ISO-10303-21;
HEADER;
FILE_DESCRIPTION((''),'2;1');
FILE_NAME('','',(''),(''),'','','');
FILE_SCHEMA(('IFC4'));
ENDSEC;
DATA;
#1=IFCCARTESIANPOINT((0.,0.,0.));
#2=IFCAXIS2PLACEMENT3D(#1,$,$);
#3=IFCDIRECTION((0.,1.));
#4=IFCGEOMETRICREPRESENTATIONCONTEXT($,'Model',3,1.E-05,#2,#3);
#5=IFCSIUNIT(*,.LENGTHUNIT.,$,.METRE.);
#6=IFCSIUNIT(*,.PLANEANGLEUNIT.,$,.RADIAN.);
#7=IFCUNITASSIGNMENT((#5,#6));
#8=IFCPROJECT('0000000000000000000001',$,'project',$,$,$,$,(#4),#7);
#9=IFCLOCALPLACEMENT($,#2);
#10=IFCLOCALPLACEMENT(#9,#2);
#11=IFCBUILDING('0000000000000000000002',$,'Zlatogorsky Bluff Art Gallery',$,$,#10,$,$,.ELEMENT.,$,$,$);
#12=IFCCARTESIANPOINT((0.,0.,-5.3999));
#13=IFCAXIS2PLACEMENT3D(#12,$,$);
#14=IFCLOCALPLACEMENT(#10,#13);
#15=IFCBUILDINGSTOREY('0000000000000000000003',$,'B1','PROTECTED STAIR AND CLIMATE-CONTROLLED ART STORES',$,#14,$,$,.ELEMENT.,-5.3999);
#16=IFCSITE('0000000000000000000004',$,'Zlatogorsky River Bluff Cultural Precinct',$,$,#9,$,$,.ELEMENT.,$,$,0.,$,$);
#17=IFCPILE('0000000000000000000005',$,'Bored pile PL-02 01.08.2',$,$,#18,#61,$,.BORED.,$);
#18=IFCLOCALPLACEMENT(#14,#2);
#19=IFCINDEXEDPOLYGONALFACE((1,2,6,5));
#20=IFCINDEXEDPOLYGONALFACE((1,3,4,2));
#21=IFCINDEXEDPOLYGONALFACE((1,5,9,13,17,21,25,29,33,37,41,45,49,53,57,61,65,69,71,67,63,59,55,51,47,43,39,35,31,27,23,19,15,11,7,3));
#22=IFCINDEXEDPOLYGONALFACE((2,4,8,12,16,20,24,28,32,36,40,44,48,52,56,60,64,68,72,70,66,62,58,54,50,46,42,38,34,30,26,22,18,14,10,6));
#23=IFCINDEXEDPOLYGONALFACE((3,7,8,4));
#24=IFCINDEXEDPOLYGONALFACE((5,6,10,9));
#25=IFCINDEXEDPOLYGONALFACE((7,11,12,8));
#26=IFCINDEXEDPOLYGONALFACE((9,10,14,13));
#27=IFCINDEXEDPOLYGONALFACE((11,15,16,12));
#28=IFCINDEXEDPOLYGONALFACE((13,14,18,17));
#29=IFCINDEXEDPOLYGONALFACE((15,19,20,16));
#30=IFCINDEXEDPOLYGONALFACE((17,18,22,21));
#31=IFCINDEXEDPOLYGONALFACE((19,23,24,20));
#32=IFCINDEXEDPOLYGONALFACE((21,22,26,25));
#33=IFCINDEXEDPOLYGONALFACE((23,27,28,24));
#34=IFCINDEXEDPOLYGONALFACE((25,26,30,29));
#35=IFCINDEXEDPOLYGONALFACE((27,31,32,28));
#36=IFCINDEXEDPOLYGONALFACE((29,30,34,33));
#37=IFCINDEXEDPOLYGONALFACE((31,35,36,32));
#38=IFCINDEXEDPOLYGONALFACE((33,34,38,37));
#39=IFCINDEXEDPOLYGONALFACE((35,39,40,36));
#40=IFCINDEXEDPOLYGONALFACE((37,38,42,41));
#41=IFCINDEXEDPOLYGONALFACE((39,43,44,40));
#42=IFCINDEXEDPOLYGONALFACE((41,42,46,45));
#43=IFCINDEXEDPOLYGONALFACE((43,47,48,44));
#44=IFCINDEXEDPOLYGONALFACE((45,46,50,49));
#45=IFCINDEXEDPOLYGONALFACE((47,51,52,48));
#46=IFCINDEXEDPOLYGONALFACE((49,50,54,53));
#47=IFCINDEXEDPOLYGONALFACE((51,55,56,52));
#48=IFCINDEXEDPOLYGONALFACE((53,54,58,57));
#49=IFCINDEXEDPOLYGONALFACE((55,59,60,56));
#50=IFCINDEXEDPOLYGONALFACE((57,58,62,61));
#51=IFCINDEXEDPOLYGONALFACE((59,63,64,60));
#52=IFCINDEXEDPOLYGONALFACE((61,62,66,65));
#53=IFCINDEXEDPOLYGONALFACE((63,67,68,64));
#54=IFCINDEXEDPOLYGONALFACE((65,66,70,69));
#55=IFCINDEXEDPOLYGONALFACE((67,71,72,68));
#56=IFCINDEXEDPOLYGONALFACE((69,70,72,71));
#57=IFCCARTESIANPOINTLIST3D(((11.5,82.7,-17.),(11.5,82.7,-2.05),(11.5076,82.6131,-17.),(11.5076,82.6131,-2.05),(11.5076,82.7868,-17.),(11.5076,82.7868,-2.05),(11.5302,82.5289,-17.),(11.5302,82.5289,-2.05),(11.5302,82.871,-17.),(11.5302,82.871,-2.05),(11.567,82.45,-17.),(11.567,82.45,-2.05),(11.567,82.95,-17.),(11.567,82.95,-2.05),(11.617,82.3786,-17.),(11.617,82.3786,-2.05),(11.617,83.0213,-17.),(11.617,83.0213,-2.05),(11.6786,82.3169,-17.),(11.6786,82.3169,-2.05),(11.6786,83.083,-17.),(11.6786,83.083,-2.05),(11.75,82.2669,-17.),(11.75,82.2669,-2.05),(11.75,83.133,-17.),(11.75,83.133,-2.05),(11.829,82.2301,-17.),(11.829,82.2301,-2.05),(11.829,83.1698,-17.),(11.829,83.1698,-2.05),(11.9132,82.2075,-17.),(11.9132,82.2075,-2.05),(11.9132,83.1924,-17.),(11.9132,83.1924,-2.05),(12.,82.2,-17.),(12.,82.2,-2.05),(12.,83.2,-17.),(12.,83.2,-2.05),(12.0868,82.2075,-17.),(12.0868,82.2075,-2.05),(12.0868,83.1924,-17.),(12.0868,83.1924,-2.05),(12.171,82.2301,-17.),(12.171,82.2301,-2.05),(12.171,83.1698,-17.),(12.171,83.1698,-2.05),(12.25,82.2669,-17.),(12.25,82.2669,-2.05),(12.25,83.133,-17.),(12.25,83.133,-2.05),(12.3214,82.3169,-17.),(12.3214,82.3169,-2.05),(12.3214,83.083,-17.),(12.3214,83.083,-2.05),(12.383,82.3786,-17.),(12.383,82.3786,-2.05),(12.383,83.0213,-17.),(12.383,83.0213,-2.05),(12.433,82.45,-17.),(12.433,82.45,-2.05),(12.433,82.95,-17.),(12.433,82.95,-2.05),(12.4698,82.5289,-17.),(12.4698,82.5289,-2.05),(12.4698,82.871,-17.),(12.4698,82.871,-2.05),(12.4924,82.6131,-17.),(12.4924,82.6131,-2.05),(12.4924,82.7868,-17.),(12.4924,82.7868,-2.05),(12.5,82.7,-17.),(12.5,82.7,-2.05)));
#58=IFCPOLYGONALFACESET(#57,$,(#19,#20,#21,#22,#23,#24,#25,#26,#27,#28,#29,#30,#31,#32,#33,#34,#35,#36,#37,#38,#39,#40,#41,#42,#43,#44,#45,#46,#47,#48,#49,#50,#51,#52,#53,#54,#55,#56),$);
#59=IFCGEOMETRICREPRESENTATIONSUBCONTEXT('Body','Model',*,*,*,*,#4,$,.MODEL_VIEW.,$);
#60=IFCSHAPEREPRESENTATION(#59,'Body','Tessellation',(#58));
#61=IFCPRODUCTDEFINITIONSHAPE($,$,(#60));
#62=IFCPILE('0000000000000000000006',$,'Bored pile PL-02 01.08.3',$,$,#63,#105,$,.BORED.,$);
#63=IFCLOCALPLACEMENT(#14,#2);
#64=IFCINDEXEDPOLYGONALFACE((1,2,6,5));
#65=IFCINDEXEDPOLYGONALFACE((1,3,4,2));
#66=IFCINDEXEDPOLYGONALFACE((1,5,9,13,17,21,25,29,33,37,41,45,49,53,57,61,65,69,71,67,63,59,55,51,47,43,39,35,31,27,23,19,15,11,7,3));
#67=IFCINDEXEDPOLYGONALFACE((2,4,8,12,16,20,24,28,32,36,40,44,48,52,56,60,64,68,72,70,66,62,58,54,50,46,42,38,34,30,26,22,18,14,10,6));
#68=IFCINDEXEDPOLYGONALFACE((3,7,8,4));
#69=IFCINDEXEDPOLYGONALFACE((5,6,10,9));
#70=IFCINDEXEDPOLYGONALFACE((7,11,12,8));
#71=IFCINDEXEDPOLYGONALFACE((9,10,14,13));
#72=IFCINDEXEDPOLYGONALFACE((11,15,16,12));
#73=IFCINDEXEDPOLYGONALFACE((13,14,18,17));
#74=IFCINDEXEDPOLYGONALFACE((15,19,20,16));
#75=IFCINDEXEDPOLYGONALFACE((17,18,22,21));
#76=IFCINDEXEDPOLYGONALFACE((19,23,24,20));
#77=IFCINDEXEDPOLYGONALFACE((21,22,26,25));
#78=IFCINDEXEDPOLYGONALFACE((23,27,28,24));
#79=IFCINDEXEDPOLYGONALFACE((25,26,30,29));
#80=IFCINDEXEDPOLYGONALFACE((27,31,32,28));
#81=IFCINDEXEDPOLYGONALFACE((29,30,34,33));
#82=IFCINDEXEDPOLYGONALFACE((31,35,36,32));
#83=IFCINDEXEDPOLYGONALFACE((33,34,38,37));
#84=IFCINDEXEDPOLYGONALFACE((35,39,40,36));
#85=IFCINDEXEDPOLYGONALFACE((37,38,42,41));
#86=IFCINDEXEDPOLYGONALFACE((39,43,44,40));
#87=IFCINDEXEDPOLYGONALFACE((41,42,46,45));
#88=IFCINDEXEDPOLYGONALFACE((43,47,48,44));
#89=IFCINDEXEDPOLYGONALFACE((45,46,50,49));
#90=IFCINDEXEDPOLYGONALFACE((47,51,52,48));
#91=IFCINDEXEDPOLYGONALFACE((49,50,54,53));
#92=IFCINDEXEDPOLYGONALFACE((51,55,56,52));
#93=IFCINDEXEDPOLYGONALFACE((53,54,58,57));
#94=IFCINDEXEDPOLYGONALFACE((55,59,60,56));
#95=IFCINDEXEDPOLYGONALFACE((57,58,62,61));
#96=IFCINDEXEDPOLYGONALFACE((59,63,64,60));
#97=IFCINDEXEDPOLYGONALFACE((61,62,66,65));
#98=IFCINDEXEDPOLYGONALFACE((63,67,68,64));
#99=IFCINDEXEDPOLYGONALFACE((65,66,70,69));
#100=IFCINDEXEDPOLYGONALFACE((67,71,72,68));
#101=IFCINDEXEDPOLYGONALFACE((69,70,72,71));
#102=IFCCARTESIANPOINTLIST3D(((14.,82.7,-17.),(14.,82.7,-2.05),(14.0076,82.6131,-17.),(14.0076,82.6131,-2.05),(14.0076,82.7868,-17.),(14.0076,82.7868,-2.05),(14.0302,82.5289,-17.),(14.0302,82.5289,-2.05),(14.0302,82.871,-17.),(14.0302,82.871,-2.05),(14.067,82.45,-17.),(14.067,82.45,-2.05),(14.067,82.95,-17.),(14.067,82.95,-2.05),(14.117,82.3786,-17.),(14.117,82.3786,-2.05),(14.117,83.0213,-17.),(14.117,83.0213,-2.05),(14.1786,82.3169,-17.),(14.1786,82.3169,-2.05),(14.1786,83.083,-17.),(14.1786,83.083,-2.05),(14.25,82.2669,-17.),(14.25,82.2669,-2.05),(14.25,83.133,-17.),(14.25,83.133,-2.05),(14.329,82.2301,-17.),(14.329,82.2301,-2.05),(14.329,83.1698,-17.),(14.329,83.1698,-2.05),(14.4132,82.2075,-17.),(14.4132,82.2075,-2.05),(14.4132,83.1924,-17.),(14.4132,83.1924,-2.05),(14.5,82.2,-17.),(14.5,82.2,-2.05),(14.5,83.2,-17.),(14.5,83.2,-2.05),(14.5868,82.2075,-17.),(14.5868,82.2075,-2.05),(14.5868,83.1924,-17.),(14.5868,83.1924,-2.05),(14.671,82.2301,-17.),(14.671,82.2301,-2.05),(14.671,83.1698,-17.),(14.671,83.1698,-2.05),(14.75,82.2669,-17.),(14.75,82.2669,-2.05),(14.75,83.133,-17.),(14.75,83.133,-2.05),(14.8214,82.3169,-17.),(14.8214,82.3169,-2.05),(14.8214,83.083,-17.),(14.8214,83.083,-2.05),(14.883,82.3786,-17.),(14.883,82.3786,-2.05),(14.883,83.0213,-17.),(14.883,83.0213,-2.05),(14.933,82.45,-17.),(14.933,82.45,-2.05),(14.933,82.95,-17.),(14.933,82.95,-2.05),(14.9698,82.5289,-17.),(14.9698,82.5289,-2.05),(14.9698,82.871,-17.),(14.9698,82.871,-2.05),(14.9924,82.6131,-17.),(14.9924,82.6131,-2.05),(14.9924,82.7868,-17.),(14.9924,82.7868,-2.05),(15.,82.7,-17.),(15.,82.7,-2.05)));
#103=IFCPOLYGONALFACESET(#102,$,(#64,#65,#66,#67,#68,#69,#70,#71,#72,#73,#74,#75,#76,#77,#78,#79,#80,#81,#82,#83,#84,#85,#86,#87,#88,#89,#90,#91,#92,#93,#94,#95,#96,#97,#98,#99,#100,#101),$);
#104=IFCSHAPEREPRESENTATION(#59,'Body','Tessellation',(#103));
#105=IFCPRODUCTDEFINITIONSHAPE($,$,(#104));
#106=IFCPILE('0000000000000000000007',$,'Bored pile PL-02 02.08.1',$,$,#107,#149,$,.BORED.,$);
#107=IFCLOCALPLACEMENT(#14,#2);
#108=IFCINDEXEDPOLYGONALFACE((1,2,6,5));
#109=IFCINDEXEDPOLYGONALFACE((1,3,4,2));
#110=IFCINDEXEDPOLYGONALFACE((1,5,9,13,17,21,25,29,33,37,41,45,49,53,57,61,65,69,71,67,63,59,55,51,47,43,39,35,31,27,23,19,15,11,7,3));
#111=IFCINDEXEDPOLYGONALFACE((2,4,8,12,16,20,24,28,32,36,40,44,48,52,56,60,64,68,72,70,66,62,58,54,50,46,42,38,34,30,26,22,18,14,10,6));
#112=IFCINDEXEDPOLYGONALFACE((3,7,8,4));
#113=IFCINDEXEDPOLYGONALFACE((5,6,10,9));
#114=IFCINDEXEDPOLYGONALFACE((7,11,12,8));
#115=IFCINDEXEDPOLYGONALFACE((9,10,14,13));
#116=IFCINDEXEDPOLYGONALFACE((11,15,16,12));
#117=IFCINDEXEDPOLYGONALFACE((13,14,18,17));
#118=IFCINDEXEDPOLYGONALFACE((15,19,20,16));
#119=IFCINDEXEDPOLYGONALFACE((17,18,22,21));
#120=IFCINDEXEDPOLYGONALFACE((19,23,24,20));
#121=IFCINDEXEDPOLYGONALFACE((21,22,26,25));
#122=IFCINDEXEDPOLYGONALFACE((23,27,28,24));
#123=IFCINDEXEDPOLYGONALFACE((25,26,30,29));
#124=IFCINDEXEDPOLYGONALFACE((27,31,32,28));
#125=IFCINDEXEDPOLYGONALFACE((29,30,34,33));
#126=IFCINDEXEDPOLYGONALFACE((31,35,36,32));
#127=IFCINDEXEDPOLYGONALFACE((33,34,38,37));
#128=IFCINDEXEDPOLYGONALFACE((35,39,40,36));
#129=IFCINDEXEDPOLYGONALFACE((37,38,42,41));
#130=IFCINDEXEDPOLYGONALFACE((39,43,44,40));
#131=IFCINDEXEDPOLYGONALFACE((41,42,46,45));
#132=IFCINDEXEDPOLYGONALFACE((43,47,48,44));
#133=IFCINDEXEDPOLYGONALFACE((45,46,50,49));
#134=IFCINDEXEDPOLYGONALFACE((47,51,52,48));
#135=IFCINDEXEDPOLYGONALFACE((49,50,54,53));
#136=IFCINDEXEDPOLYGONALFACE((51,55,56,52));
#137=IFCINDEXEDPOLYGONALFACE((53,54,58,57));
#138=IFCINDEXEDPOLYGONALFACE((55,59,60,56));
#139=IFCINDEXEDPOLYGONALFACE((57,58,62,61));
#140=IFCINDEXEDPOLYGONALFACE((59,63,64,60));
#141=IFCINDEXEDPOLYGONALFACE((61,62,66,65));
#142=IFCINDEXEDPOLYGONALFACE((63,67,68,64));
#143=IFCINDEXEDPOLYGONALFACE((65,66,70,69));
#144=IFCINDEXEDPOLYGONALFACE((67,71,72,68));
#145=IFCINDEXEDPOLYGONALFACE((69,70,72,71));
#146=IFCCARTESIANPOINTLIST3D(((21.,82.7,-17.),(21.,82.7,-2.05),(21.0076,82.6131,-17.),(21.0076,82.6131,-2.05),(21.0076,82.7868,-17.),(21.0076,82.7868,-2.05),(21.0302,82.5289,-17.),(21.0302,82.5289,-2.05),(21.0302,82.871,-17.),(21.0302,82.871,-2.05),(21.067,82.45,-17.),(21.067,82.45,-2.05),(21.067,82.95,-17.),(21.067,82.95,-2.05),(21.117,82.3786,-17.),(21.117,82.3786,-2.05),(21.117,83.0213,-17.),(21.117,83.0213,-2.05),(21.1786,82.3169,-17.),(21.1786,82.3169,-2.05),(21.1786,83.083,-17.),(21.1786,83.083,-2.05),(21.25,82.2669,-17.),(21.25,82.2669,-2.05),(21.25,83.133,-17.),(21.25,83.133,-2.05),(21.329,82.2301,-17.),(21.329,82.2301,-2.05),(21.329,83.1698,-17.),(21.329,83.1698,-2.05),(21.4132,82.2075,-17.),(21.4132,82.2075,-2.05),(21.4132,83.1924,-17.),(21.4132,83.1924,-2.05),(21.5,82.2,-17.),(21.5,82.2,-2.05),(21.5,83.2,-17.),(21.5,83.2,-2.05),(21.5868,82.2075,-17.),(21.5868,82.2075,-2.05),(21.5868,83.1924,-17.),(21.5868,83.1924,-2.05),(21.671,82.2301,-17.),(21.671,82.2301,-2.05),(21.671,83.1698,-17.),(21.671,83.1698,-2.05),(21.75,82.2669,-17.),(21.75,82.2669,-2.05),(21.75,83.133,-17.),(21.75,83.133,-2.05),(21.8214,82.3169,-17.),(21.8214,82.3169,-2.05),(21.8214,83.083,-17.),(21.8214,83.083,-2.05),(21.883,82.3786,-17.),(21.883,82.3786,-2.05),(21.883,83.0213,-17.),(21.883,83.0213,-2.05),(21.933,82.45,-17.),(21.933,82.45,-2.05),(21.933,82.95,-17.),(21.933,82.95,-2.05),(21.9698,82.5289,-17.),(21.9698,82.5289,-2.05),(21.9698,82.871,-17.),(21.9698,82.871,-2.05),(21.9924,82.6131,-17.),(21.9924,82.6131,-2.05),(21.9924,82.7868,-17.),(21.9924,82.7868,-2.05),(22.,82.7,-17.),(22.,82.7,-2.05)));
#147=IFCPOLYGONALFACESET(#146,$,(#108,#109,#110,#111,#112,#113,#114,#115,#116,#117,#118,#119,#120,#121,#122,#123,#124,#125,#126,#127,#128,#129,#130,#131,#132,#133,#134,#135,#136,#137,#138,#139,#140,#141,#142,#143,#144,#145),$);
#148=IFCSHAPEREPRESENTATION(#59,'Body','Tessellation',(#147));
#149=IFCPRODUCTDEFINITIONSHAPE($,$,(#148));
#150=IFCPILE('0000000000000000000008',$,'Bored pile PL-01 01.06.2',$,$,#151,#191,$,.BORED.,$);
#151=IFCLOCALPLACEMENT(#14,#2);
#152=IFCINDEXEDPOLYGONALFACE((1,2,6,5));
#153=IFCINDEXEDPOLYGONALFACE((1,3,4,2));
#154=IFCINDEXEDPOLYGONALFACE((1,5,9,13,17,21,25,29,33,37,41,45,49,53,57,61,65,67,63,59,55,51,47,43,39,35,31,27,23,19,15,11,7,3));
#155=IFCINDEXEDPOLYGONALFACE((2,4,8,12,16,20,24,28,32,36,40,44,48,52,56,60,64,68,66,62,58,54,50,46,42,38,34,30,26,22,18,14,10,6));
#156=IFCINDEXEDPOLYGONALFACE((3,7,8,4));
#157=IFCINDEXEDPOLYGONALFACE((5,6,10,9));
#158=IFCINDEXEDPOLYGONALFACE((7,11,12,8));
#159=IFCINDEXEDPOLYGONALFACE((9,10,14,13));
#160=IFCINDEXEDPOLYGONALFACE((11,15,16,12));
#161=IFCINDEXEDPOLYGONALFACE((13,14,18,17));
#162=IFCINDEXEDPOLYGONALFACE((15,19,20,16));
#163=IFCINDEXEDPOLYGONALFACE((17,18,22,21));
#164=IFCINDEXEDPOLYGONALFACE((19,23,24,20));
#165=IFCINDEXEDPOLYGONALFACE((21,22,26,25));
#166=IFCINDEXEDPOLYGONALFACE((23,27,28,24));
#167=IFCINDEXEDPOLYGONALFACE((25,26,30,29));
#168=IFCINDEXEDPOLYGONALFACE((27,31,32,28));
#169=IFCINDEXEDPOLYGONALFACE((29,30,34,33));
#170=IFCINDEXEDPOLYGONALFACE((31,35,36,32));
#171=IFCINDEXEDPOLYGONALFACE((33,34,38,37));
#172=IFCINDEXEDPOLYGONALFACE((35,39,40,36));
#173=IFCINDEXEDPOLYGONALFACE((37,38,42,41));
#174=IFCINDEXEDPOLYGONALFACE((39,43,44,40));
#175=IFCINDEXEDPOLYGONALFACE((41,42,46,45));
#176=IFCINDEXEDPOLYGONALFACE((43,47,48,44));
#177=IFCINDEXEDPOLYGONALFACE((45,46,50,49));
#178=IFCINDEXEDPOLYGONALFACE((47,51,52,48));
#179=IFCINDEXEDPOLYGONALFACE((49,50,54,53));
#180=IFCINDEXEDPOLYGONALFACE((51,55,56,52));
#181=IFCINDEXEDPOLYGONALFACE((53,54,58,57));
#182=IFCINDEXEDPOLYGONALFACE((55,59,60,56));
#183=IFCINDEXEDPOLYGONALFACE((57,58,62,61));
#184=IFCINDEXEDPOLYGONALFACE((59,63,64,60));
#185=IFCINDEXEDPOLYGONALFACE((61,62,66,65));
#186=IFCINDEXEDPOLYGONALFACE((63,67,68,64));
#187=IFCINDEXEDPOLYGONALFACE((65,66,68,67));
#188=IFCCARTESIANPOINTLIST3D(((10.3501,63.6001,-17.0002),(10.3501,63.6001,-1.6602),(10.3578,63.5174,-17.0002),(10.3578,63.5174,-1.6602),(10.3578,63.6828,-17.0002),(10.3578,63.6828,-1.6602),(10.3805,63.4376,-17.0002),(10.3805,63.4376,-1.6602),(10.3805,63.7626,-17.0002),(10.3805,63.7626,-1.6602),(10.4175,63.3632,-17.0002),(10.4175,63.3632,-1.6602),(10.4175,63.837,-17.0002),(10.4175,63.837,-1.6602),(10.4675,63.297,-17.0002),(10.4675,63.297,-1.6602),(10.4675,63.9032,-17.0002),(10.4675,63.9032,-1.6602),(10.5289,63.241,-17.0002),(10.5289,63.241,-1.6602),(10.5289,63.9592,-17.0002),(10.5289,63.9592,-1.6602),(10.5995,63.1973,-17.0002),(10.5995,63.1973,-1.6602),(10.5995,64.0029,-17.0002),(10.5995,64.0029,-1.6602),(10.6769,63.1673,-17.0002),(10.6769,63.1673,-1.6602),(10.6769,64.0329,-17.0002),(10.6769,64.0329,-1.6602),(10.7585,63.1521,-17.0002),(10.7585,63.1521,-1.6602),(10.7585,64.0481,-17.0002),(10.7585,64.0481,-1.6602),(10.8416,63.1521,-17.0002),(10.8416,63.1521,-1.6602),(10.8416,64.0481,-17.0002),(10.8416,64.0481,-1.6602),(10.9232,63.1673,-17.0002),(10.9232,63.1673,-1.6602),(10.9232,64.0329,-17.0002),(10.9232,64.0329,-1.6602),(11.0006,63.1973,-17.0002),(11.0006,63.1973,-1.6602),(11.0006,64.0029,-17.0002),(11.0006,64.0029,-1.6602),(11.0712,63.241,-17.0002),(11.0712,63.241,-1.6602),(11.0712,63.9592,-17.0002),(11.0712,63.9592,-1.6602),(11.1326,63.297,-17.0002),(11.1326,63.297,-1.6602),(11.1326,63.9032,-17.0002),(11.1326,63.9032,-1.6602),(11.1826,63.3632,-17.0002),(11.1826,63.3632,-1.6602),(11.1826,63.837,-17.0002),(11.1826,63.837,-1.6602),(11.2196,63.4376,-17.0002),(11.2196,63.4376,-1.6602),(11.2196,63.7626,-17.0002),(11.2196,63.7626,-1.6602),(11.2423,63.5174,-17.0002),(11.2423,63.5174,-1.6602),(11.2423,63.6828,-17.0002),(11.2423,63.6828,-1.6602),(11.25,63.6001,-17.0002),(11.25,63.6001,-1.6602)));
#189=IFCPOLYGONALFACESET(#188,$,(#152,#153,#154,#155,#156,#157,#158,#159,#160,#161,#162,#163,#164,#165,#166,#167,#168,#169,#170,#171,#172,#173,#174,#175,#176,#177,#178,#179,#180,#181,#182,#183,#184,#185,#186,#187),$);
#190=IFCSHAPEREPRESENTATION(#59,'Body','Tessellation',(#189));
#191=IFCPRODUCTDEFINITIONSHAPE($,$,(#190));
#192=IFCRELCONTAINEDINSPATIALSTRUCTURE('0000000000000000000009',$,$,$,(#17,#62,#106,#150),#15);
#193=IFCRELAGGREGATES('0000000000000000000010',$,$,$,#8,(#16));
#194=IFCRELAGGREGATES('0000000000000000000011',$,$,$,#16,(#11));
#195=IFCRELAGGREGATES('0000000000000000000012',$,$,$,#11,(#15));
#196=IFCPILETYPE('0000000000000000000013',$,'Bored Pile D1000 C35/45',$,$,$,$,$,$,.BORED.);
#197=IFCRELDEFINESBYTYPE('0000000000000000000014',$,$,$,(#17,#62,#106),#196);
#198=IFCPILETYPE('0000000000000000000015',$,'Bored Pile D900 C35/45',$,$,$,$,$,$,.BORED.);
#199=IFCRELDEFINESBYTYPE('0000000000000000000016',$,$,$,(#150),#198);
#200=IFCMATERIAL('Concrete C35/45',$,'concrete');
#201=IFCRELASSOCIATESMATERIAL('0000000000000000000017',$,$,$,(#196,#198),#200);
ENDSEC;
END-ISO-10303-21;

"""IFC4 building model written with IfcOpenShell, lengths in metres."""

from ifc_helpers import new_model, si_unit, direction, frame, origin, origin_2d, place, context, subcontext, project, spatial, circle, extrude, material, material_profile, profile_set, type_object, element, save


model = new_model("IFC4")

# Units and contexts
model_context = context("Model", 3, precision=1e-05, world=origin(), true_north=direction((0.0, 1.0)))
body_context = subcontext(model_context, "Body", "Model", "MODEL_VIEW")
ifc_project = project(units=[si_unit("LENGTHUNIT", "METRE"), si_unit("PLANEANGLEUNIT", "RADIAN")], contexts=[model_context])

# Site, building, storey
site_placement = place(None, origin())
site = spatial("IfcSite", under=ifc_project, at=site_placement, Name="Zlatogorsky River Bluff Cultural Precinct", CompositionType="ELEMENT", RefElevation=0.0)
building_placement = place(site_placement, origin())
building = spatial("IfcBuilding", under=site, at=building_placement, Name="Zlatogorsky Bluff Art Gallery", CompositionType="ELEMENT")
storey_placement = place(building_placement, frame((0.0, 0.0, -5.3999)))
storey = spatial("IfcBuildingStorey", under=building, at=storey_placement, Name="B1", Description="PROTECTED STAIR AND CLIMATE-CONTROLLED ART STORES", CompositionType="ELEMENT", Elevation=-5.3999)

# Piles
ifc_material_1 = material(Name="Concrete C35/45", Category="concrete")
ifc_material_profile_1 = material_profile(ifc_material_1, circle(Radius=0.5, at=origin_2d()), Name="BORED PILE D1000")
ifc_profile_set_1 = profile_set([ifc_material_profile_1], Name="Concrete C35/45")
pile_type_1 = type_object("IfcPileType", Name="Bored Pile D1000 C35/45", PredefinedType="BORED", material=ifc_profile_set_1)
for number, where, z_axis, x_axis, name in (
    (1, (12.0, 82.7, -2.05), (0.0, 0.0, -1.0), (1.0, 0.0, 0.0), "Bored pile PL-02 01.08.2"),
    (2, (14.5, 82.7, -2.05), (0.0, 0.0, -1.0), (1.0, 0.0, 0.0), "Bored pile PL-02 01.08.3"),
    (3, (21.5, 82.7, -2.05), (0.0, 0.0, -1.0), (1.0, 0.0, 0.0), "Bored pile PL-02 02.08.1"),
):
    element("IfcPile", number, at=place(storey_placement, frame(where, z_axis=z_axis, x_axis=x_axis)), inside=storey, type_object=pile_type_1, Name=name, PredefinedType="BORED", context=body_context, shape_type="SweptSolid", body=[
        extrude(circle(Radius=0.5, at=origin_2d()), origin(), (0.0, 0.0, 1.0), 14.95),
    ])
ifc_material_profile_2 = material_profile(ifc_material_1, circle(Radius=0.45, at=origin_2d()), Name="BORED PILE D900")
ifc_profile_set_2 = profile_set([ifc_material_profile_2], Name="Concrete C35/45")
pile_type_2 = type_object("IfcPileType", Name="Bored Pile D900 C35/45", PredefinedType="BORED", material=ifc_profile_set_2)
for number, where, z_axis, x_axis, name in (
    (4, (10.8, 63.6001, -1.6602), (0.0, 0.0, -1.0), (1.0, 0.0, 0.0), "Bored pile PL-01 01.06.2"),
):
    element("IfcPile", number, at=place(storey_placement, frame(where, z_axis=z_axis, x_axis=x_axis)), inside=storey, type_object=pile_type_2, Name=name, PredefinedType="BORED", context=body_context, shape_type="SweptSolid", body=[
        extrude(circle(Radius=0.45, at=origin_2d()), origin(), (0.0, 0.0, 1.0), 15.3401),
    ])

save(model, "model.ifc")
